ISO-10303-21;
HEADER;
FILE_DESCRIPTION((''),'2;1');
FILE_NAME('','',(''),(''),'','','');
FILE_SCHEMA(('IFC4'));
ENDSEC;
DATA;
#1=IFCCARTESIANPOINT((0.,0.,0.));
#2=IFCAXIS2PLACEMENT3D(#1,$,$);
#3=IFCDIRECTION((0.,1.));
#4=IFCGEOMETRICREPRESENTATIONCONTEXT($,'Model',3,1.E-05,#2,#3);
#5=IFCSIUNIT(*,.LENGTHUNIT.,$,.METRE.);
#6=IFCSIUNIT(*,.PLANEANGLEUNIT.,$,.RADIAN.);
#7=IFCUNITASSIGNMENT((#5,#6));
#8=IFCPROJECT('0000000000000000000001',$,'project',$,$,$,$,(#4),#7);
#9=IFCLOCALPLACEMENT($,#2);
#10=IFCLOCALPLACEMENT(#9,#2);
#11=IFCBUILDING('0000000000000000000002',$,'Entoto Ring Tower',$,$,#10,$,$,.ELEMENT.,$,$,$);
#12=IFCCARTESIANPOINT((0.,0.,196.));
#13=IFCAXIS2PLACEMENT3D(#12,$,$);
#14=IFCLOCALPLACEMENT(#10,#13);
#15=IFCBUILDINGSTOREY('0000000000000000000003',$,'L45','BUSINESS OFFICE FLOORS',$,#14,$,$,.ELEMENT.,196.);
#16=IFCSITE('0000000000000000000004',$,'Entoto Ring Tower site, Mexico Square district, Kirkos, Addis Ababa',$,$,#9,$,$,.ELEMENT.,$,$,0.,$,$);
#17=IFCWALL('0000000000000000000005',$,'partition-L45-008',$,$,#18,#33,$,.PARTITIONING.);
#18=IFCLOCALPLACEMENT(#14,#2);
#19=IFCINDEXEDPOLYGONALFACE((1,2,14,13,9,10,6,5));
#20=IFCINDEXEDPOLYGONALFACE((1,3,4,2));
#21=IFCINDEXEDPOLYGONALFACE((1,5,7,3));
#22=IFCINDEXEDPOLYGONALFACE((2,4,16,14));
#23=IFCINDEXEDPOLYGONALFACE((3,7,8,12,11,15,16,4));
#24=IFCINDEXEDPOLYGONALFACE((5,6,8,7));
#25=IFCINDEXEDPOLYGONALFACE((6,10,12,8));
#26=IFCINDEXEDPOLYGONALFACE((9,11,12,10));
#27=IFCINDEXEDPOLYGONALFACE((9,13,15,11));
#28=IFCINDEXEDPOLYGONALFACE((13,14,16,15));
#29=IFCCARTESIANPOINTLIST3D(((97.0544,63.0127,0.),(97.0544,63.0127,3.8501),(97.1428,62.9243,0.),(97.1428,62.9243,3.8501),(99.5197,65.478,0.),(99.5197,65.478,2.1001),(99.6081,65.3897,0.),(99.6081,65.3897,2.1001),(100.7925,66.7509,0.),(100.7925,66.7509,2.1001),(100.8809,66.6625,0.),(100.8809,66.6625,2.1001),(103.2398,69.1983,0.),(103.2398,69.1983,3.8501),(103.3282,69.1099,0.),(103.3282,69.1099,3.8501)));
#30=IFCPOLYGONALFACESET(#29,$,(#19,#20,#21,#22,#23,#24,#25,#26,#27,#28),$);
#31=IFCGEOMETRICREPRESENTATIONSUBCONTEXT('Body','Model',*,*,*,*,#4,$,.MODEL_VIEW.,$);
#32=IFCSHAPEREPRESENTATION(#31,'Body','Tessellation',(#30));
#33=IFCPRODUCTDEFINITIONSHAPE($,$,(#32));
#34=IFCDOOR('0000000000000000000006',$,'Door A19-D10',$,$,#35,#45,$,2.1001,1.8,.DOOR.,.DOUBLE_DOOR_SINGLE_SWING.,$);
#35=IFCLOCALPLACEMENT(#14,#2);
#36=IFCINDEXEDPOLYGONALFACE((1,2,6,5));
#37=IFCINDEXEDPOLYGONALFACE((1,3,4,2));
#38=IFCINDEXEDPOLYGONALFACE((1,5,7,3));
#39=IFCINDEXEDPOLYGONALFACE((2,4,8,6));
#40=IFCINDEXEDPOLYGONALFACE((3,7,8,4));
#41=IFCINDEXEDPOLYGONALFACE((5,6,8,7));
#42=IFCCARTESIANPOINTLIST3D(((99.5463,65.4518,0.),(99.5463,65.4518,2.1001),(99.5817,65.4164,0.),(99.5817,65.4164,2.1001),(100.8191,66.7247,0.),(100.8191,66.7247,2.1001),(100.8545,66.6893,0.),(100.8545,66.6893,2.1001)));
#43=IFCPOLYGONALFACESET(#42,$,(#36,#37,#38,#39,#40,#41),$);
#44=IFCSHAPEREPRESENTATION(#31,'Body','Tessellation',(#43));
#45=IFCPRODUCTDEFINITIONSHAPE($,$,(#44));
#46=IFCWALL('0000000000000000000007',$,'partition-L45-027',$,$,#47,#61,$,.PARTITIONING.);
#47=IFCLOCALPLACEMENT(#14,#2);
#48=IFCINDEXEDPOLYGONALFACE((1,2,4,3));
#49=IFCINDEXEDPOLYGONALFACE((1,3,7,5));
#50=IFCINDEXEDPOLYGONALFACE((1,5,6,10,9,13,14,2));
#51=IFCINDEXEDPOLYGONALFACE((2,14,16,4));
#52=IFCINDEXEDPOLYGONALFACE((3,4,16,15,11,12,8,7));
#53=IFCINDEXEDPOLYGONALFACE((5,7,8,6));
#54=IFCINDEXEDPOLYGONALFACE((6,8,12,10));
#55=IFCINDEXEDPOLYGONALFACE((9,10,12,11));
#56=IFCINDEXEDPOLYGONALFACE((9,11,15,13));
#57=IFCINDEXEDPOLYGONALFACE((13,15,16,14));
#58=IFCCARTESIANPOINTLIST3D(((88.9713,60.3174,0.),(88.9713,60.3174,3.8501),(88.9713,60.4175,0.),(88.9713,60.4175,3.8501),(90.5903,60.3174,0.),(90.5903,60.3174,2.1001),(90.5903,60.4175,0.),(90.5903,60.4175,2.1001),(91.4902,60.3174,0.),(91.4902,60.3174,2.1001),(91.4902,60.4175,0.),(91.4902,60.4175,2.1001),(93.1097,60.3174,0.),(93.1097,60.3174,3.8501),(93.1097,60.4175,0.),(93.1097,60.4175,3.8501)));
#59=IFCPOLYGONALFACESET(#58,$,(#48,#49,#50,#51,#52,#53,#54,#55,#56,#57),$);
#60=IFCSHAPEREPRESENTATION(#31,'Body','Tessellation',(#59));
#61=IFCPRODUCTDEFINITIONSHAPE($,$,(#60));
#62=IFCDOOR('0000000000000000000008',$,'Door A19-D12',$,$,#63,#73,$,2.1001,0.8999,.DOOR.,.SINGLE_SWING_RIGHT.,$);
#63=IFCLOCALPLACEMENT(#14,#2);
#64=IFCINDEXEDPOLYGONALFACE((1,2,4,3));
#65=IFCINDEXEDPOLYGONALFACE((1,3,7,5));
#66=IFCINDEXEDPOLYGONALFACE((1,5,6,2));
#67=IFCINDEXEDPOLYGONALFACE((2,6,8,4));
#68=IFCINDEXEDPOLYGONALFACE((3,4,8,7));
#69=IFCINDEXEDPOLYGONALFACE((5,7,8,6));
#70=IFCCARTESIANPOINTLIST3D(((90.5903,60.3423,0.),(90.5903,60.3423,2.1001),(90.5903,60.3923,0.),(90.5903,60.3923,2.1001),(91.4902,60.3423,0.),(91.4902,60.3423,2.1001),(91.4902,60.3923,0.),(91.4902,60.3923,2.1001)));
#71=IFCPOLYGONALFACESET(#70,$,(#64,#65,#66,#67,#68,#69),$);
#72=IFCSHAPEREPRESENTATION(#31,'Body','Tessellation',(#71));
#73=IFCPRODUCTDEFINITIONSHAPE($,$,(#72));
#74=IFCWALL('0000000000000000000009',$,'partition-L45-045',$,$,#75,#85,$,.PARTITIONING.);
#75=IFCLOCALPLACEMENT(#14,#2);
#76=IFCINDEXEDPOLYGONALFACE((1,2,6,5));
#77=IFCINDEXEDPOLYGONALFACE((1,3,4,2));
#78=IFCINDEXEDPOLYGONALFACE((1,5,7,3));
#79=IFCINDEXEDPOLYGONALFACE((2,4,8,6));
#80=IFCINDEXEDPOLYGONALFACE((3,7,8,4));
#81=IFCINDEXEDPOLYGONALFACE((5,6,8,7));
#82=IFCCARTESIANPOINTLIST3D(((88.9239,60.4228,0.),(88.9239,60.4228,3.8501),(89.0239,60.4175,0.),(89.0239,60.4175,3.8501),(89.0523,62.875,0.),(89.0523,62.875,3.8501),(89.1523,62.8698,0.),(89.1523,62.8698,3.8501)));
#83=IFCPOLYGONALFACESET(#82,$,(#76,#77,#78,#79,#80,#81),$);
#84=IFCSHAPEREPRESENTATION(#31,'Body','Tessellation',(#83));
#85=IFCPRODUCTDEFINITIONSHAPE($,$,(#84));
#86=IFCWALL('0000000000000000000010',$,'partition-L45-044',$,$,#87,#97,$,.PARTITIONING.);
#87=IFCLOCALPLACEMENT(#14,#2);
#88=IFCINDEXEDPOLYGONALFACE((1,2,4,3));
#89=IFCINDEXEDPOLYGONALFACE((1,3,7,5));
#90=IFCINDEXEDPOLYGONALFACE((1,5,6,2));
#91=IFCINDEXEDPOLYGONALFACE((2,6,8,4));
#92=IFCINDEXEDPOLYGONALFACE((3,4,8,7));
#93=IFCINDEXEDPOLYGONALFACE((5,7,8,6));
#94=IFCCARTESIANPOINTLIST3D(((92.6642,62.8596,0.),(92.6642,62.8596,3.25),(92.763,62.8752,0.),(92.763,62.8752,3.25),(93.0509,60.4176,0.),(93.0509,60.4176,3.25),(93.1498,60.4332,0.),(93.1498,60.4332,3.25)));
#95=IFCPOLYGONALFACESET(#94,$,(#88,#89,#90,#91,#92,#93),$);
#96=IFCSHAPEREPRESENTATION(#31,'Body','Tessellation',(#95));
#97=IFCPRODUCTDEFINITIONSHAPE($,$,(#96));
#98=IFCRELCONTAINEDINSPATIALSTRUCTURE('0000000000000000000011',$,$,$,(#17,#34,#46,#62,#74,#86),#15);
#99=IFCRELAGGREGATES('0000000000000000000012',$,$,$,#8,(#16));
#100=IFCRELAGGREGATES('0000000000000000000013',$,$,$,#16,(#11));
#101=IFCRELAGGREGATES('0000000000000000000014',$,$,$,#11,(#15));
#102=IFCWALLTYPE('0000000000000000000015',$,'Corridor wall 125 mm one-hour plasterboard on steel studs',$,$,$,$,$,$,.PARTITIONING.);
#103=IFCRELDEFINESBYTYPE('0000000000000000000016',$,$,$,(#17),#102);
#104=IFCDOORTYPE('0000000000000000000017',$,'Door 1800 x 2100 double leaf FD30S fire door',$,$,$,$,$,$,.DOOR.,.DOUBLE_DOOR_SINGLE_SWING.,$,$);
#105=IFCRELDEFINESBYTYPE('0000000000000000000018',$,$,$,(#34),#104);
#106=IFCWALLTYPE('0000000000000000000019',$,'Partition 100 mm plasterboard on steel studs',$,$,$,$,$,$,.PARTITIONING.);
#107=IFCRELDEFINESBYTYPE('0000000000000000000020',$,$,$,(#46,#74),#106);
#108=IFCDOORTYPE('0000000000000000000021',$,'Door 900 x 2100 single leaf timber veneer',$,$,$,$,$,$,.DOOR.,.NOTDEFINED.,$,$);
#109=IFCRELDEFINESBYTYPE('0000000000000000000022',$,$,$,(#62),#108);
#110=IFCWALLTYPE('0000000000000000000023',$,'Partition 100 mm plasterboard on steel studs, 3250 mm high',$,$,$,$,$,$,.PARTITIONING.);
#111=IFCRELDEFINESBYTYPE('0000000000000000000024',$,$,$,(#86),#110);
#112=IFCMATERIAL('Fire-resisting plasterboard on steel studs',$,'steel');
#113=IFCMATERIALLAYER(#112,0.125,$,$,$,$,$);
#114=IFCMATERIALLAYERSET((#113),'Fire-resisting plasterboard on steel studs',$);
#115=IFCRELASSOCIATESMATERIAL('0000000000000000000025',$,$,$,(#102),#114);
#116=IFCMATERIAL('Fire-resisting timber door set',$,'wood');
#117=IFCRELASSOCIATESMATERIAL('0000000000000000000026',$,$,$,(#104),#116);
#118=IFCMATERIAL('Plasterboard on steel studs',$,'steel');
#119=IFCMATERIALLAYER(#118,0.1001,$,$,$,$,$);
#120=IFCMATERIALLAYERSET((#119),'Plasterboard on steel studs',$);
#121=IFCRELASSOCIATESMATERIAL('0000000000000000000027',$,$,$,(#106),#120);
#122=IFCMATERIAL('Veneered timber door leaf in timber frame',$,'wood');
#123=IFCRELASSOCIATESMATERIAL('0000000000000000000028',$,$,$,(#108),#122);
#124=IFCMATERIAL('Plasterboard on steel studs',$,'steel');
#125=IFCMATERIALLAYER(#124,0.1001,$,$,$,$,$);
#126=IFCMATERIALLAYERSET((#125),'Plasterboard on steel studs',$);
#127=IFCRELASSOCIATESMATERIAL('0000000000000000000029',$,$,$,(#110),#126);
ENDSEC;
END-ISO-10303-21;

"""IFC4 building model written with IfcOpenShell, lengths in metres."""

from ifc_helpers import new_model, si_unit, direction, frame, frame_2d, origin, place, context, subcontext, project, spatial, rectangle, extrude, material, layer, layer_set, type_object, element, fill, save


model = new_model("IFC4")

# Units and contexts
model_context = context("Model", 3, precision=1e-05, world=origin(), true_north=direction((0.0, 1.0)))
body_context = subcontext(model_context, "Body", "Model", "MODEL_VIEW")
ifc_project = project(units=[si_unit("LENGTHUNIT", "METRE"), si_unit("PLANEANGLEUNIT", "RADIAN")], contexts=[model_context])

# Site, building, storey
site_placement = place(None, origin())
site = spatial("IfcSite", under=ifc_project, at=site_placement, Name="Entoto Ring Tower site, Mexico Square district, Kirkos, Addis Ababa", CompositionType="ELEMENT", RefElevation=0.0)
building_placement = place(site_placement, origin())
building = spatial("IfcBuilding", under=site, at=building_placement, Name="Entoto Ring Tower", CompositionType="ELEMENT")
storey_placement = place(building_placement, frame((0.0, 0.0, 196.0)))
storey = spatial("IfcBuildingStorey", under=building, at=storey_placement, Name="L45", Description="BUSINESS OFFICE FLOORS", CompositionType="ELEMENT", Elevation=196.0)

# Walls, openings, doors
ifc_material_1 = material(Name="Fire-resisting plasterboard on steel studs", Category="steel")
ifc_layer_1 = layer(ifc_material_1, 0.125)
ifc_layer_set_1 = layer_set([ifc_layer_1], Name="Fire-resisting plasterboard on steel studs")
wall_type_1 = type_object("IfcWallType", Name="Corridor wall 125 mm one-hour plasterboard on steel studs", PredefinedType="PARTITIONING", material=ifc_layer_set_1)
wall_1_placement = place(storey_placement, frame((97.0986, 62.9685, 0.0), z_axis=(0.0, 0.0, 1.0), x_axis=(0.707093, 0.707121, 0.0)))
wall_1 = element("IfcWall", 1, at=wall_1_placement, inside=storey, type_object=wall_type_1, Name="partition-L45-008", PredefinedType="PARTITIONING", context=body_context, shape_type="SweptSolid", body=[
    extrude(rectangle(XDim=8.7476, YDim=0.125, at=frame_2d((4.3738, 0.0))), origin(), (0.0, 0.0, 1.0), 3.8501),
])
opening_1_placement = place(wall_1_placement, frame((3.4866, 0.0, 0.0)))
opening_1 = element("IfcOpeningElement", 2, at=opening_1_placement, cuts=wall_1, PredefinedType="OPENING", context=body_context, shape_type="SweptSolid", body=[
    extrude(rectangle(XDim=1.8, YDim=2.1001, at=frame_2d((0.8999, 1.05))), frame((0.0, 0.0725, 0.0), z_axis=(0.0, -1.0, 0.0), x_axis=(1.0, 0.0, 0.0)), (0.0, 0.0, 1.0), 0.145),
])
ifc_material_2 = material(Name="Fire-resisting timber door set", Category="wood")
door_type_1 = type_object("IfcDoorType", Name="Door 1800 x 2100 double leaf FD30S fire door", OperationType="DOUBLE_DOOR_SINGLE_SWING", PredefinedType="DOOR", material=ifc_material_2)
door_1_placement = place(opening_1_placement, frame((1.8, 0.0, 0.0), z_axis=(0.0, 0.0, 1.0), x_axis=(-1.0, 0.0, 0.0)))
door_1 = element("IfcDoor", 3, at=door_1_placement, inside=storey, type_object=door_type_1, Name="Door A19-D10", OperationType="DOUBLE_DOOR_SINGLE_SWING", OverallHeight=2.1001, OverallWidth=1.8, PredefinedType="DOOR", context=body_context, shape_type="SweptSolid", body=[
    extrude(rectangle(XDim=1.8, YDim=2.1001, at=frame_2d((0.8999, 1.05))), frame((0.0, 0.0249, 0.0), z_axis=(0.0, -1.0, 0.0), x_axis=(1.0, 0.0, 0.0)), (0.0, 0.0, 1.0), 0.05),
])
fill(opening_1, door_1)
ifc_material_3 = material(Name="Plasterboard on steel studs", Category="steel")
ifc_layer_2 = layer(ifc_material_3, 0.1001)
ifc_layer_set_2 = layer_set([ifc_layer_2], Name="Plasterboard on steel studs")
wall_type_2 = type_object("IfcWallType", Name="Partition 100 mm plasterboard on steel studs", PredefinedType="PARTITIONING", material=ifc_layer_set_2)
wall_2_placement = place(storey_placement, frame((88.9712, 60.3674, 0.0), z_axis=(0.0, 0.0, 1.0), x_axis=(1.0, 0.0, 0.0)))
wall_2 = element("IfcWall", 4, at=wall_2_placement, inside=storey, type_object=wall_type_2, Name="partition-L45-027", PredefinedType="PARTITIONING", context=body_context, shape_type="SweptSolid", body=[
    extrude(rectangle(XDim=4.1384, YDim=0.1001, at=frame_2d((2.0693, 0.0))), origin(), (0.0, 0.0, 1.0), 3.8501),
])
opening_2_placement = place(wall_2_placement, frame((1.6191, 0.0, 0.0)))
opening_2 = element("IfcOpeningElement", 5, at=opening_2_placement, cuts=wall_2, PredefinedType="OPENING", context=body_context, shape_type="SweptSolid", body=[
    extrude(rectangle(XDim=0.8999, YDim=2.1001, at=frame_2d((0.45, 1.05))), frame((0.0, 0.0601, 0.0), z_axis=(0.0, -1.0, 0.0), x_axis=(1.0, 0.0, 0.0)), (0.0, 0.0, 1.0), 0.1201),
])
ifc_material_4 = material(Name="Veneered timber door leaf in timber frame", Category="wood")
door_type_2 = type_object("IfcDoorType", Name="Door 900 x 2100 single leaf timber veneer", OperationType="NOTDEFINED", PredefinedType="DOOR", material=ifc_material_4)
door_2_placement = place(opening_2_placement, origin())
door_2 = element("IfcDoor", 6, at=door_2_placement, inside=storey, type_object=door_type_2, Name="Door A19-D12", OperationType="SINGLE_SWING_RIGHT", OverallHeight=2.1001, OverallWidth=0.8999, PredefinedType="DOOR", context=body_context, shape_type="SweptSolid", body=[
    extrude(rectangle(XDim=0.8999, YDim=2.1001, at=frame_2d((0.45, 1.05))), frame((0.0, 0.0249, 0.0), z_axis=(0.0, -1.0, 0.0), x_axis=(1.0, 0.0, 0.0)), (0.0, 0.0, 1.0), 0.05),
])
fill(opening_2, door_2)

# Walls
wall_3_placement = place(storey_placement, frame((88.9739, 60.4202, 0.0), z_axis=(0.0, 0.0, 1.0), x_axis=(0.052298, 0.998632, 0.0)))
element("IfcWall", 7, at=wall_3_placement, inside=storey, type_object=wall_type_2, Name="partition-L45-045", PredefinedType="PARTITIONING", context=body_context, shape_type="SweptSolid", body=[
    extrude(rectangle(XDim=2.4556, YDim=0.1001, at=frame_2d((1.2278, 0.0))), origin(), (0.0, 0.0, 1.0), 3.8501),
])
ifc_material_5 = material(Name="Plasterboard on steel studs", Category="steel")
ifc_layer_3 = layer(ifc_material_5, 0.1001)
ifc_layer_set_3 = layer_set([ifc_layer_3], Name="Plasterboard on steel studs")
wall_type_3 = type_object("IfcWallType", Name="Partition 100 mm plasterboard on steel studs, 3250 mm high", PredefinedType="PARTITIONING", material=ifc_layer_set_3)
wall_4_placement = place(storey_placement, frame((93.1003, 60.4253, 0.0), z_axis=(0.0, 0.0, 1.0), x_axis=(-0.156419, 0.987691, 0.0)))
element("IfcWall", 8, at=wall_4_placement, inside=storey, type_object=wall_type_3, Name="partition-L45-044", PredefinedType="PARTITIONING", context=body_context, shape_type="SweptSolid", body=[
    extrude(rectangle(XDim=2.4724, YDim=0.1001, at=frame_2d((1.2363, 0.0))), origin(), (0.0, 0.0, 1.0), 3.25),
])

save(model, "model.ifc")
